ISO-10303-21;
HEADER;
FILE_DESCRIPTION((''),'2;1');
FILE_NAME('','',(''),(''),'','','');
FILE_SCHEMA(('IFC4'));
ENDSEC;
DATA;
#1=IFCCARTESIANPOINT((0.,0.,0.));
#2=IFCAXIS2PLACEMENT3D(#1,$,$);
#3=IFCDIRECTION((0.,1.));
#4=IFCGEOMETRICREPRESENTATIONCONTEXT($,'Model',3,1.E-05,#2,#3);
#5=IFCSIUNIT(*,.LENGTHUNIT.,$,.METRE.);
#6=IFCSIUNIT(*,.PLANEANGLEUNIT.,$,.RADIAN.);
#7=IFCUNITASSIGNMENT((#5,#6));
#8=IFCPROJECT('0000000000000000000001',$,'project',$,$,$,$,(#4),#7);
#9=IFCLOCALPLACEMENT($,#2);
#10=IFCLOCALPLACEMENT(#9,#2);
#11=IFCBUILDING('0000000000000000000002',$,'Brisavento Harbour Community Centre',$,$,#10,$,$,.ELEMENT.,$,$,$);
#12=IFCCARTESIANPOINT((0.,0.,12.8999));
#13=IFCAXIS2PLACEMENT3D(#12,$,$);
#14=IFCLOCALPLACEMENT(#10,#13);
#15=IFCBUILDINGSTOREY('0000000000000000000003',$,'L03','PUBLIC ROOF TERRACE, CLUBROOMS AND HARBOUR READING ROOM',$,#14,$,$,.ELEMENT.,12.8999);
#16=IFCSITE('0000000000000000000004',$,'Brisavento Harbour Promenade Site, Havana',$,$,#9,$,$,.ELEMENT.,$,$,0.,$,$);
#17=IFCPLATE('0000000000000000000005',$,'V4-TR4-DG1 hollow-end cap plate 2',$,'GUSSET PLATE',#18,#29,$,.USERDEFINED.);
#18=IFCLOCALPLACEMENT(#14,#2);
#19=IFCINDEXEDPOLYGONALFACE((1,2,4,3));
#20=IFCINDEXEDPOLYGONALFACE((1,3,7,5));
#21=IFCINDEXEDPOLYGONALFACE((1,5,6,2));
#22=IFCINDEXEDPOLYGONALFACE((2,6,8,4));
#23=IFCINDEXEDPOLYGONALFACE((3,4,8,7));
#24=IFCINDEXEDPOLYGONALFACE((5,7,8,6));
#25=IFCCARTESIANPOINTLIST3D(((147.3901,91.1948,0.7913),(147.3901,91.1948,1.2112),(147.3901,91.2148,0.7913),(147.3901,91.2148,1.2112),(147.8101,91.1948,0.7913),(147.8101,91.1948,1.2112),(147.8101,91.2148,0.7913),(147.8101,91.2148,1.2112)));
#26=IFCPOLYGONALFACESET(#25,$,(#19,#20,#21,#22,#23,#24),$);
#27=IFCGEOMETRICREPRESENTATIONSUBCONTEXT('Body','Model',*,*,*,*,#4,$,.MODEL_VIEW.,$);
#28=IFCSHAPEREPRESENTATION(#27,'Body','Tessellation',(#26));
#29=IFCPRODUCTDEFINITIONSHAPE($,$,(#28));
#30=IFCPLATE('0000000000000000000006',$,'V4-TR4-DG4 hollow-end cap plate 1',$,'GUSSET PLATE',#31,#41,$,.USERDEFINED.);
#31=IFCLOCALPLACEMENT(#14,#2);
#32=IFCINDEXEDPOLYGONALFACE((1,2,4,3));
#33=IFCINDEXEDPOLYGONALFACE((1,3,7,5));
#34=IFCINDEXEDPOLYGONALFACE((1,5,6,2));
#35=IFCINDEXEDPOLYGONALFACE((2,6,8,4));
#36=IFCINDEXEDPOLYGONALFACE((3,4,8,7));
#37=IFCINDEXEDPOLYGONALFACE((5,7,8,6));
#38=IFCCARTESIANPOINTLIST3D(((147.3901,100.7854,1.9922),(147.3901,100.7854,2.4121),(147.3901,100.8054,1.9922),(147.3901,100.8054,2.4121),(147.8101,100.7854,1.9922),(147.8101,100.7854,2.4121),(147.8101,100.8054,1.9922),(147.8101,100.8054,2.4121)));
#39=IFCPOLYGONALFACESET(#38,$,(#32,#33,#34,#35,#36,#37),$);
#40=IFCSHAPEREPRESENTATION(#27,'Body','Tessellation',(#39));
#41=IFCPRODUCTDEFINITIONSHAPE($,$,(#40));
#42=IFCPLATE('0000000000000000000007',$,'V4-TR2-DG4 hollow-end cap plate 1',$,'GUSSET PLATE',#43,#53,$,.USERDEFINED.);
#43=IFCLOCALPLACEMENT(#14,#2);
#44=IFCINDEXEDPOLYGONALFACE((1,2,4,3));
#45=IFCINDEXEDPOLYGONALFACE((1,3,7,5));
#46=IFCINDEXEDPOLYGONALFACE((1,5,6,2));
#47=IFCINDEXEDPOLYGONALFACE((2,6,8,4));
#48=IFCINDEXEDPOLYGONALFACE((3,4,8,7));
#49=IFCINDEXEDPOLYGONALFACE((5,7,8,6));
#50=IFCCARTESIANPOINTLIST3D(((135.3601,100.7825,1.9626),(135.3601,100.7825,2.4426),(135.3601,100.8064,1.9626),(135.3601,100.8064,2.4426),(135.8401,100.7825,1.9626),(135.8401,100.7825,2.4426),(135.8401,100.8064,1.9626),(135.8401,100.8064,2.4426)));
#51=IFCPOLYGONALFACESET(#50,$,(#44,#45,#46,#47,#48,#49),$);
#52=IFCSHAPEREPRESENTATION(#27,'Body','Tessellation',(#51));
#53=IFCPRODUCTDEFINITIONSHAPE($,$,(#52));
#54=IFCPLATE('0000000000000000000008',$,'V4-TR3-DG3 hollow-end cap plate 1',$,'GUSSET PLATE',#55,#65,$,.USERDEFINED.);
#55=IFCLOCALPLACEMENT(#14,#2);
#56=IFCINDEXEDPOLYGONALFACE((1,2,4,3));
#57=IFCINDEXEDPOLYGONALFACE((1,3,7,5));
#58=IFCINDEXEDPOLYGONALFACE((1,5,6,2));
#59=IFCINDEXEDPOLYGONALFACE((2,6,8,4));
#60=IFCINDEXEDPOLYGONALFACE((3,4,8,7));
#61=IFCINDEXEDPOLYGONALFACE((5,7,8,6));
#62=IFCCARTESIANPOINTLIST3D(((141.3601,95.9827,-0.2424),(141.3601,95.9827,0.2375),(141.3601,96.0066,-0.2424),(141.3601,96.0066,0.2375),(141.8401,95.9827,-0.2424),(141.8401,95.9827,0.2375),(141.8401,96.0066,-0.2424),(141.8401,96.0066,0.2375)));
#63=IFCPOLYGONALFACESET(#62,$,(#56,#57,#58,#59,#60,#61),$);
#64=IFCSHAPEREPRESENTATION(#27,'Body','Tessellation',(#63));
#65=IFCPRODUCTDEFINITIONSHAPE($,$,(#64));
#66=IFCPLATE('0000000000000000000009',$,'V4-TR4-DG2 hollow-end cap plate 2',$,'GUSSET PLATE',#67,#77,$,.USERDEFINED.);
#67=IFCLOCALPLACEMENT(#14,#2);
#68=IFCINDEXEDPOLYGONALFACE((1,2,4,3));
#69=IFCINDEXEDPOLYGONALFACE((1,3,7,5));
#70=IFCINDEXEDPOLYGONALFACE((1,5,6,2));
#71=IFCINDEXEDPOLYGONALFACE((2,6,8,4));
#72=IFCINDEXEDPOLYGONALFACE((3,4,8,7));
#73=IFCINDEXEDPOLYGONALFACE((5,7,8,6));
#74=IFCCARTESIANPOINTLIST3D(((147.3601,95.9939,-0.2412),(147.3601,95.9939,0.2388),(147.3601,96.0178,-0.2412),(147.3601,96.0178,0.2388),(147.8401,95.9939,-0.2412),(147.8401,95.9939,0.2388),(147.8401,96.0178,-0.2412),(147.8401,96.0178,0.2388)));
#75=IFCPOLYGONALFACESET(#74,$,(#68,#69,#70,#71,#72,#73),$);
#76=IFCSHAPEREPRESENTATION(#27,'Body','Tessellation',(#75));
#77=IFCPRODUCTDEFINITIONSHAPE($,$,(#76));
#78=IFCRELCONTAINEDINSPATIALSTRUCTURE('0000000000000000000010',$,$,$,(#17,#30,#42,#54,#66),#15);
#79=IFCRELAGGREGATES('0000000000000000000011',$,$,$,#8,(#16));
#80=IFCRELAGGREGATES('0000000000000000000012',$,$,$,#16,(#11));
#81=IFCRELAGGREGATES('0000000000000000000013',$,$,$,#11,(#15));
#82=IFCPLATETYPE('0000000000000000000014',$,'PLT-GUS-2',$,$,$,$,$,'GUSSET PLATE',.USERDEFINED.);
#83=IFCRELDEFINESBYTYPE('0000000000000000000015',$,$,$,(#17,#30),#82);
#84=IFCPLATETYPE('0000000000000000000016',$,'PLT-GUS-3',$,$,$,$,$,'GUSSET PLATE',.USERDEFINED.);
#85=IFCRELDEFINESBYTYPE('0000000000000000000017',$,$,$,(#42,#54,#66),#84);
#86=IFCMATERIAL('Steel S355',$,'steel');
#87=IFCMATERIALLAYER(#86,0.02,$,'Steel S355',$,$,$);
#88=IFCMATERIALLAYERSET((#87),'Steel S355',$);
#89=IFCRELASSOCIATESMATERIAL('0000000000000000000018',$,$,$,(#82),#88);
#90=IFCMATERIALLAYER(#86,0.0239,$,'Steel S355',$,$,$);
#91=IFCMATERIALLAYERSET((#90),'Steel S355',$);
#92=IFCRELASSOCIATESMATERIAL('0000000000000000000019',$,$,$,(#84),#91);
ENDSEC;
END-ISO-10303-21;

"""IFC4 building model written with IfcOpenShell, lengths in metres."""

from ifc_helpers import new_model, si_unit, direction, frame, origin, origin_2d, place, context, subcontext, project, spatial, rectangle, extrude, material, layer, layer_set, type_object, element, save


model = new_model("IFC4")

# Units and contexts
model_context = context("Model", 3, precision=1e-05, world=origin(), true_north=direction((0.0, 1.0)))
body_context = subcontext(model_context, "Body", "Model", "MODEL_VIEW")
ifc_project = project(units=[si_unit("LENGTHUNIT", "METRE"), si_unit("PLANEANGLEUNIT", "RADIAN")], contexts=[model_context])

# Site, building, storey
site_placement = place(None, origin())
site = spatial("IfcSite", under=ifc_project, at=site_placement, Name="Brisavento Harbour Promenade Site, Havana", CompositionType="ELEMENT", RefElevation=0.0)
building_placement = place(site_placement, origin())
building = spatial("IfcBuilding", under=site, at=building_placement, Name="Brisavento Harbour Community Centre", CompositionType="ELEMENT")
storey_placement = place(building_placement, frame((0.0, 0.0, 12.8999)))
storey = spatial("IfcBuildingStorey", under=building, at=storey_placement, Name="L03", Description="PUBLIC ROOF TERRACE, CLUBROOMS AND HARBOUR READING ROOM", CompositionType="ELEMENT", Elevation=12.8999)

# Shared definitions
ifc_material = material(Name="Steel S355", Category="steel")

# Plates
ifc_layer_1 = layer(ifc_material, 0.02, Name="Steel S355")
ifc_layer_set_1 = layer_set([ifc_layer_1], Name="Steel S355")
plate_type_1 = type_object("IfcPlateType", Name="PLT-GUS-2", ElementType="GUSSET PLATE", PredefinedType="USERDEFINED", material=ifc_layer_set_1)
for number, where, z_axis, x_axis, name in (
    (1, (147.6001, 91.2048, 0.7913), (0.0, 0.0, 1.0), (0.0, 1.0, 0.0), "V4-TR4-DG1 hollow-end cap plate 2"),
    (2, (147.6001, 100.7954, 1.9922), (0.0, 0.0, 1.0), (0.0, 1.0, 0.0), "V4-TR4-DG4 hollow-end cap plate 1"),
):
    element("IfcPlate", number, at=place(storey_placement, frame(where, z_axis=z_axis, x_axis=x_axis)), inside=storey, type_object=plate_type_1, Name=name, ObjectType="GUSSET PLATE", PredefinedType="USERDEFINED", context=body_context, shape_type="SweptSolid", body=[
        extrude(rectangle(XDim=0.02, YDim=0.4199, at=origin_2d()), origin(), (0.0, 0.0, 1.0), 0.4199),
    ])
ifc_layer_2 = layer(ifc_material, 0.0239, Name="Steel S355")
ifc_layer_set_2 = layer_set([ifc_layer_2], Name="Steel S355")
plate_type_2 = type_object("IfcPlateType", Name="PLT-GUS-3", ElementType="GUSSET PLATE", PredefinedType="USERDEFINED", material=ifc_layer_set_2)
for number, where, z_axis, x_axis, name in (
    (3, (135.6001, 100.7944, 1.9626), (0.0, 0.0, 1.0), (0.0, 1.0, 0.0), "V4-TR2-DG4 hollow-end cap plate 1"),
    (4, (141.6001, 95.9946, -0.2424), (0.0, 0.0, 1.0), (0.0, 1.0, 0.0), "V4-TR3-DG3 hollow-end cap plate 1"),
    (5, (147.6001, 96.0059, -0.2412), (0.0, 0.0, 1.0), (0.0, 1.0, 0.0), "V4-TR4-DG2 hollow-end cap plate 2"),
):
    element("IfcPlate", number, at=place(storey_placement, frame(where, z_axis=z_axis, x_axis=x_axis)), inside=storey, type_object=plate_type_2, Name=name, ObjectType="GUSSET PLATE", PredefinedType="USERDEFINED", context=body_context, shape_type="SweptSolid", body=[
        extrude(rectangle(XDim=0.0239, YDim=0.48, at=origin_2d()), origin(), (0.0, 0.0, 1.0), 0.48),
    ])

save(model, "model.ifc")
